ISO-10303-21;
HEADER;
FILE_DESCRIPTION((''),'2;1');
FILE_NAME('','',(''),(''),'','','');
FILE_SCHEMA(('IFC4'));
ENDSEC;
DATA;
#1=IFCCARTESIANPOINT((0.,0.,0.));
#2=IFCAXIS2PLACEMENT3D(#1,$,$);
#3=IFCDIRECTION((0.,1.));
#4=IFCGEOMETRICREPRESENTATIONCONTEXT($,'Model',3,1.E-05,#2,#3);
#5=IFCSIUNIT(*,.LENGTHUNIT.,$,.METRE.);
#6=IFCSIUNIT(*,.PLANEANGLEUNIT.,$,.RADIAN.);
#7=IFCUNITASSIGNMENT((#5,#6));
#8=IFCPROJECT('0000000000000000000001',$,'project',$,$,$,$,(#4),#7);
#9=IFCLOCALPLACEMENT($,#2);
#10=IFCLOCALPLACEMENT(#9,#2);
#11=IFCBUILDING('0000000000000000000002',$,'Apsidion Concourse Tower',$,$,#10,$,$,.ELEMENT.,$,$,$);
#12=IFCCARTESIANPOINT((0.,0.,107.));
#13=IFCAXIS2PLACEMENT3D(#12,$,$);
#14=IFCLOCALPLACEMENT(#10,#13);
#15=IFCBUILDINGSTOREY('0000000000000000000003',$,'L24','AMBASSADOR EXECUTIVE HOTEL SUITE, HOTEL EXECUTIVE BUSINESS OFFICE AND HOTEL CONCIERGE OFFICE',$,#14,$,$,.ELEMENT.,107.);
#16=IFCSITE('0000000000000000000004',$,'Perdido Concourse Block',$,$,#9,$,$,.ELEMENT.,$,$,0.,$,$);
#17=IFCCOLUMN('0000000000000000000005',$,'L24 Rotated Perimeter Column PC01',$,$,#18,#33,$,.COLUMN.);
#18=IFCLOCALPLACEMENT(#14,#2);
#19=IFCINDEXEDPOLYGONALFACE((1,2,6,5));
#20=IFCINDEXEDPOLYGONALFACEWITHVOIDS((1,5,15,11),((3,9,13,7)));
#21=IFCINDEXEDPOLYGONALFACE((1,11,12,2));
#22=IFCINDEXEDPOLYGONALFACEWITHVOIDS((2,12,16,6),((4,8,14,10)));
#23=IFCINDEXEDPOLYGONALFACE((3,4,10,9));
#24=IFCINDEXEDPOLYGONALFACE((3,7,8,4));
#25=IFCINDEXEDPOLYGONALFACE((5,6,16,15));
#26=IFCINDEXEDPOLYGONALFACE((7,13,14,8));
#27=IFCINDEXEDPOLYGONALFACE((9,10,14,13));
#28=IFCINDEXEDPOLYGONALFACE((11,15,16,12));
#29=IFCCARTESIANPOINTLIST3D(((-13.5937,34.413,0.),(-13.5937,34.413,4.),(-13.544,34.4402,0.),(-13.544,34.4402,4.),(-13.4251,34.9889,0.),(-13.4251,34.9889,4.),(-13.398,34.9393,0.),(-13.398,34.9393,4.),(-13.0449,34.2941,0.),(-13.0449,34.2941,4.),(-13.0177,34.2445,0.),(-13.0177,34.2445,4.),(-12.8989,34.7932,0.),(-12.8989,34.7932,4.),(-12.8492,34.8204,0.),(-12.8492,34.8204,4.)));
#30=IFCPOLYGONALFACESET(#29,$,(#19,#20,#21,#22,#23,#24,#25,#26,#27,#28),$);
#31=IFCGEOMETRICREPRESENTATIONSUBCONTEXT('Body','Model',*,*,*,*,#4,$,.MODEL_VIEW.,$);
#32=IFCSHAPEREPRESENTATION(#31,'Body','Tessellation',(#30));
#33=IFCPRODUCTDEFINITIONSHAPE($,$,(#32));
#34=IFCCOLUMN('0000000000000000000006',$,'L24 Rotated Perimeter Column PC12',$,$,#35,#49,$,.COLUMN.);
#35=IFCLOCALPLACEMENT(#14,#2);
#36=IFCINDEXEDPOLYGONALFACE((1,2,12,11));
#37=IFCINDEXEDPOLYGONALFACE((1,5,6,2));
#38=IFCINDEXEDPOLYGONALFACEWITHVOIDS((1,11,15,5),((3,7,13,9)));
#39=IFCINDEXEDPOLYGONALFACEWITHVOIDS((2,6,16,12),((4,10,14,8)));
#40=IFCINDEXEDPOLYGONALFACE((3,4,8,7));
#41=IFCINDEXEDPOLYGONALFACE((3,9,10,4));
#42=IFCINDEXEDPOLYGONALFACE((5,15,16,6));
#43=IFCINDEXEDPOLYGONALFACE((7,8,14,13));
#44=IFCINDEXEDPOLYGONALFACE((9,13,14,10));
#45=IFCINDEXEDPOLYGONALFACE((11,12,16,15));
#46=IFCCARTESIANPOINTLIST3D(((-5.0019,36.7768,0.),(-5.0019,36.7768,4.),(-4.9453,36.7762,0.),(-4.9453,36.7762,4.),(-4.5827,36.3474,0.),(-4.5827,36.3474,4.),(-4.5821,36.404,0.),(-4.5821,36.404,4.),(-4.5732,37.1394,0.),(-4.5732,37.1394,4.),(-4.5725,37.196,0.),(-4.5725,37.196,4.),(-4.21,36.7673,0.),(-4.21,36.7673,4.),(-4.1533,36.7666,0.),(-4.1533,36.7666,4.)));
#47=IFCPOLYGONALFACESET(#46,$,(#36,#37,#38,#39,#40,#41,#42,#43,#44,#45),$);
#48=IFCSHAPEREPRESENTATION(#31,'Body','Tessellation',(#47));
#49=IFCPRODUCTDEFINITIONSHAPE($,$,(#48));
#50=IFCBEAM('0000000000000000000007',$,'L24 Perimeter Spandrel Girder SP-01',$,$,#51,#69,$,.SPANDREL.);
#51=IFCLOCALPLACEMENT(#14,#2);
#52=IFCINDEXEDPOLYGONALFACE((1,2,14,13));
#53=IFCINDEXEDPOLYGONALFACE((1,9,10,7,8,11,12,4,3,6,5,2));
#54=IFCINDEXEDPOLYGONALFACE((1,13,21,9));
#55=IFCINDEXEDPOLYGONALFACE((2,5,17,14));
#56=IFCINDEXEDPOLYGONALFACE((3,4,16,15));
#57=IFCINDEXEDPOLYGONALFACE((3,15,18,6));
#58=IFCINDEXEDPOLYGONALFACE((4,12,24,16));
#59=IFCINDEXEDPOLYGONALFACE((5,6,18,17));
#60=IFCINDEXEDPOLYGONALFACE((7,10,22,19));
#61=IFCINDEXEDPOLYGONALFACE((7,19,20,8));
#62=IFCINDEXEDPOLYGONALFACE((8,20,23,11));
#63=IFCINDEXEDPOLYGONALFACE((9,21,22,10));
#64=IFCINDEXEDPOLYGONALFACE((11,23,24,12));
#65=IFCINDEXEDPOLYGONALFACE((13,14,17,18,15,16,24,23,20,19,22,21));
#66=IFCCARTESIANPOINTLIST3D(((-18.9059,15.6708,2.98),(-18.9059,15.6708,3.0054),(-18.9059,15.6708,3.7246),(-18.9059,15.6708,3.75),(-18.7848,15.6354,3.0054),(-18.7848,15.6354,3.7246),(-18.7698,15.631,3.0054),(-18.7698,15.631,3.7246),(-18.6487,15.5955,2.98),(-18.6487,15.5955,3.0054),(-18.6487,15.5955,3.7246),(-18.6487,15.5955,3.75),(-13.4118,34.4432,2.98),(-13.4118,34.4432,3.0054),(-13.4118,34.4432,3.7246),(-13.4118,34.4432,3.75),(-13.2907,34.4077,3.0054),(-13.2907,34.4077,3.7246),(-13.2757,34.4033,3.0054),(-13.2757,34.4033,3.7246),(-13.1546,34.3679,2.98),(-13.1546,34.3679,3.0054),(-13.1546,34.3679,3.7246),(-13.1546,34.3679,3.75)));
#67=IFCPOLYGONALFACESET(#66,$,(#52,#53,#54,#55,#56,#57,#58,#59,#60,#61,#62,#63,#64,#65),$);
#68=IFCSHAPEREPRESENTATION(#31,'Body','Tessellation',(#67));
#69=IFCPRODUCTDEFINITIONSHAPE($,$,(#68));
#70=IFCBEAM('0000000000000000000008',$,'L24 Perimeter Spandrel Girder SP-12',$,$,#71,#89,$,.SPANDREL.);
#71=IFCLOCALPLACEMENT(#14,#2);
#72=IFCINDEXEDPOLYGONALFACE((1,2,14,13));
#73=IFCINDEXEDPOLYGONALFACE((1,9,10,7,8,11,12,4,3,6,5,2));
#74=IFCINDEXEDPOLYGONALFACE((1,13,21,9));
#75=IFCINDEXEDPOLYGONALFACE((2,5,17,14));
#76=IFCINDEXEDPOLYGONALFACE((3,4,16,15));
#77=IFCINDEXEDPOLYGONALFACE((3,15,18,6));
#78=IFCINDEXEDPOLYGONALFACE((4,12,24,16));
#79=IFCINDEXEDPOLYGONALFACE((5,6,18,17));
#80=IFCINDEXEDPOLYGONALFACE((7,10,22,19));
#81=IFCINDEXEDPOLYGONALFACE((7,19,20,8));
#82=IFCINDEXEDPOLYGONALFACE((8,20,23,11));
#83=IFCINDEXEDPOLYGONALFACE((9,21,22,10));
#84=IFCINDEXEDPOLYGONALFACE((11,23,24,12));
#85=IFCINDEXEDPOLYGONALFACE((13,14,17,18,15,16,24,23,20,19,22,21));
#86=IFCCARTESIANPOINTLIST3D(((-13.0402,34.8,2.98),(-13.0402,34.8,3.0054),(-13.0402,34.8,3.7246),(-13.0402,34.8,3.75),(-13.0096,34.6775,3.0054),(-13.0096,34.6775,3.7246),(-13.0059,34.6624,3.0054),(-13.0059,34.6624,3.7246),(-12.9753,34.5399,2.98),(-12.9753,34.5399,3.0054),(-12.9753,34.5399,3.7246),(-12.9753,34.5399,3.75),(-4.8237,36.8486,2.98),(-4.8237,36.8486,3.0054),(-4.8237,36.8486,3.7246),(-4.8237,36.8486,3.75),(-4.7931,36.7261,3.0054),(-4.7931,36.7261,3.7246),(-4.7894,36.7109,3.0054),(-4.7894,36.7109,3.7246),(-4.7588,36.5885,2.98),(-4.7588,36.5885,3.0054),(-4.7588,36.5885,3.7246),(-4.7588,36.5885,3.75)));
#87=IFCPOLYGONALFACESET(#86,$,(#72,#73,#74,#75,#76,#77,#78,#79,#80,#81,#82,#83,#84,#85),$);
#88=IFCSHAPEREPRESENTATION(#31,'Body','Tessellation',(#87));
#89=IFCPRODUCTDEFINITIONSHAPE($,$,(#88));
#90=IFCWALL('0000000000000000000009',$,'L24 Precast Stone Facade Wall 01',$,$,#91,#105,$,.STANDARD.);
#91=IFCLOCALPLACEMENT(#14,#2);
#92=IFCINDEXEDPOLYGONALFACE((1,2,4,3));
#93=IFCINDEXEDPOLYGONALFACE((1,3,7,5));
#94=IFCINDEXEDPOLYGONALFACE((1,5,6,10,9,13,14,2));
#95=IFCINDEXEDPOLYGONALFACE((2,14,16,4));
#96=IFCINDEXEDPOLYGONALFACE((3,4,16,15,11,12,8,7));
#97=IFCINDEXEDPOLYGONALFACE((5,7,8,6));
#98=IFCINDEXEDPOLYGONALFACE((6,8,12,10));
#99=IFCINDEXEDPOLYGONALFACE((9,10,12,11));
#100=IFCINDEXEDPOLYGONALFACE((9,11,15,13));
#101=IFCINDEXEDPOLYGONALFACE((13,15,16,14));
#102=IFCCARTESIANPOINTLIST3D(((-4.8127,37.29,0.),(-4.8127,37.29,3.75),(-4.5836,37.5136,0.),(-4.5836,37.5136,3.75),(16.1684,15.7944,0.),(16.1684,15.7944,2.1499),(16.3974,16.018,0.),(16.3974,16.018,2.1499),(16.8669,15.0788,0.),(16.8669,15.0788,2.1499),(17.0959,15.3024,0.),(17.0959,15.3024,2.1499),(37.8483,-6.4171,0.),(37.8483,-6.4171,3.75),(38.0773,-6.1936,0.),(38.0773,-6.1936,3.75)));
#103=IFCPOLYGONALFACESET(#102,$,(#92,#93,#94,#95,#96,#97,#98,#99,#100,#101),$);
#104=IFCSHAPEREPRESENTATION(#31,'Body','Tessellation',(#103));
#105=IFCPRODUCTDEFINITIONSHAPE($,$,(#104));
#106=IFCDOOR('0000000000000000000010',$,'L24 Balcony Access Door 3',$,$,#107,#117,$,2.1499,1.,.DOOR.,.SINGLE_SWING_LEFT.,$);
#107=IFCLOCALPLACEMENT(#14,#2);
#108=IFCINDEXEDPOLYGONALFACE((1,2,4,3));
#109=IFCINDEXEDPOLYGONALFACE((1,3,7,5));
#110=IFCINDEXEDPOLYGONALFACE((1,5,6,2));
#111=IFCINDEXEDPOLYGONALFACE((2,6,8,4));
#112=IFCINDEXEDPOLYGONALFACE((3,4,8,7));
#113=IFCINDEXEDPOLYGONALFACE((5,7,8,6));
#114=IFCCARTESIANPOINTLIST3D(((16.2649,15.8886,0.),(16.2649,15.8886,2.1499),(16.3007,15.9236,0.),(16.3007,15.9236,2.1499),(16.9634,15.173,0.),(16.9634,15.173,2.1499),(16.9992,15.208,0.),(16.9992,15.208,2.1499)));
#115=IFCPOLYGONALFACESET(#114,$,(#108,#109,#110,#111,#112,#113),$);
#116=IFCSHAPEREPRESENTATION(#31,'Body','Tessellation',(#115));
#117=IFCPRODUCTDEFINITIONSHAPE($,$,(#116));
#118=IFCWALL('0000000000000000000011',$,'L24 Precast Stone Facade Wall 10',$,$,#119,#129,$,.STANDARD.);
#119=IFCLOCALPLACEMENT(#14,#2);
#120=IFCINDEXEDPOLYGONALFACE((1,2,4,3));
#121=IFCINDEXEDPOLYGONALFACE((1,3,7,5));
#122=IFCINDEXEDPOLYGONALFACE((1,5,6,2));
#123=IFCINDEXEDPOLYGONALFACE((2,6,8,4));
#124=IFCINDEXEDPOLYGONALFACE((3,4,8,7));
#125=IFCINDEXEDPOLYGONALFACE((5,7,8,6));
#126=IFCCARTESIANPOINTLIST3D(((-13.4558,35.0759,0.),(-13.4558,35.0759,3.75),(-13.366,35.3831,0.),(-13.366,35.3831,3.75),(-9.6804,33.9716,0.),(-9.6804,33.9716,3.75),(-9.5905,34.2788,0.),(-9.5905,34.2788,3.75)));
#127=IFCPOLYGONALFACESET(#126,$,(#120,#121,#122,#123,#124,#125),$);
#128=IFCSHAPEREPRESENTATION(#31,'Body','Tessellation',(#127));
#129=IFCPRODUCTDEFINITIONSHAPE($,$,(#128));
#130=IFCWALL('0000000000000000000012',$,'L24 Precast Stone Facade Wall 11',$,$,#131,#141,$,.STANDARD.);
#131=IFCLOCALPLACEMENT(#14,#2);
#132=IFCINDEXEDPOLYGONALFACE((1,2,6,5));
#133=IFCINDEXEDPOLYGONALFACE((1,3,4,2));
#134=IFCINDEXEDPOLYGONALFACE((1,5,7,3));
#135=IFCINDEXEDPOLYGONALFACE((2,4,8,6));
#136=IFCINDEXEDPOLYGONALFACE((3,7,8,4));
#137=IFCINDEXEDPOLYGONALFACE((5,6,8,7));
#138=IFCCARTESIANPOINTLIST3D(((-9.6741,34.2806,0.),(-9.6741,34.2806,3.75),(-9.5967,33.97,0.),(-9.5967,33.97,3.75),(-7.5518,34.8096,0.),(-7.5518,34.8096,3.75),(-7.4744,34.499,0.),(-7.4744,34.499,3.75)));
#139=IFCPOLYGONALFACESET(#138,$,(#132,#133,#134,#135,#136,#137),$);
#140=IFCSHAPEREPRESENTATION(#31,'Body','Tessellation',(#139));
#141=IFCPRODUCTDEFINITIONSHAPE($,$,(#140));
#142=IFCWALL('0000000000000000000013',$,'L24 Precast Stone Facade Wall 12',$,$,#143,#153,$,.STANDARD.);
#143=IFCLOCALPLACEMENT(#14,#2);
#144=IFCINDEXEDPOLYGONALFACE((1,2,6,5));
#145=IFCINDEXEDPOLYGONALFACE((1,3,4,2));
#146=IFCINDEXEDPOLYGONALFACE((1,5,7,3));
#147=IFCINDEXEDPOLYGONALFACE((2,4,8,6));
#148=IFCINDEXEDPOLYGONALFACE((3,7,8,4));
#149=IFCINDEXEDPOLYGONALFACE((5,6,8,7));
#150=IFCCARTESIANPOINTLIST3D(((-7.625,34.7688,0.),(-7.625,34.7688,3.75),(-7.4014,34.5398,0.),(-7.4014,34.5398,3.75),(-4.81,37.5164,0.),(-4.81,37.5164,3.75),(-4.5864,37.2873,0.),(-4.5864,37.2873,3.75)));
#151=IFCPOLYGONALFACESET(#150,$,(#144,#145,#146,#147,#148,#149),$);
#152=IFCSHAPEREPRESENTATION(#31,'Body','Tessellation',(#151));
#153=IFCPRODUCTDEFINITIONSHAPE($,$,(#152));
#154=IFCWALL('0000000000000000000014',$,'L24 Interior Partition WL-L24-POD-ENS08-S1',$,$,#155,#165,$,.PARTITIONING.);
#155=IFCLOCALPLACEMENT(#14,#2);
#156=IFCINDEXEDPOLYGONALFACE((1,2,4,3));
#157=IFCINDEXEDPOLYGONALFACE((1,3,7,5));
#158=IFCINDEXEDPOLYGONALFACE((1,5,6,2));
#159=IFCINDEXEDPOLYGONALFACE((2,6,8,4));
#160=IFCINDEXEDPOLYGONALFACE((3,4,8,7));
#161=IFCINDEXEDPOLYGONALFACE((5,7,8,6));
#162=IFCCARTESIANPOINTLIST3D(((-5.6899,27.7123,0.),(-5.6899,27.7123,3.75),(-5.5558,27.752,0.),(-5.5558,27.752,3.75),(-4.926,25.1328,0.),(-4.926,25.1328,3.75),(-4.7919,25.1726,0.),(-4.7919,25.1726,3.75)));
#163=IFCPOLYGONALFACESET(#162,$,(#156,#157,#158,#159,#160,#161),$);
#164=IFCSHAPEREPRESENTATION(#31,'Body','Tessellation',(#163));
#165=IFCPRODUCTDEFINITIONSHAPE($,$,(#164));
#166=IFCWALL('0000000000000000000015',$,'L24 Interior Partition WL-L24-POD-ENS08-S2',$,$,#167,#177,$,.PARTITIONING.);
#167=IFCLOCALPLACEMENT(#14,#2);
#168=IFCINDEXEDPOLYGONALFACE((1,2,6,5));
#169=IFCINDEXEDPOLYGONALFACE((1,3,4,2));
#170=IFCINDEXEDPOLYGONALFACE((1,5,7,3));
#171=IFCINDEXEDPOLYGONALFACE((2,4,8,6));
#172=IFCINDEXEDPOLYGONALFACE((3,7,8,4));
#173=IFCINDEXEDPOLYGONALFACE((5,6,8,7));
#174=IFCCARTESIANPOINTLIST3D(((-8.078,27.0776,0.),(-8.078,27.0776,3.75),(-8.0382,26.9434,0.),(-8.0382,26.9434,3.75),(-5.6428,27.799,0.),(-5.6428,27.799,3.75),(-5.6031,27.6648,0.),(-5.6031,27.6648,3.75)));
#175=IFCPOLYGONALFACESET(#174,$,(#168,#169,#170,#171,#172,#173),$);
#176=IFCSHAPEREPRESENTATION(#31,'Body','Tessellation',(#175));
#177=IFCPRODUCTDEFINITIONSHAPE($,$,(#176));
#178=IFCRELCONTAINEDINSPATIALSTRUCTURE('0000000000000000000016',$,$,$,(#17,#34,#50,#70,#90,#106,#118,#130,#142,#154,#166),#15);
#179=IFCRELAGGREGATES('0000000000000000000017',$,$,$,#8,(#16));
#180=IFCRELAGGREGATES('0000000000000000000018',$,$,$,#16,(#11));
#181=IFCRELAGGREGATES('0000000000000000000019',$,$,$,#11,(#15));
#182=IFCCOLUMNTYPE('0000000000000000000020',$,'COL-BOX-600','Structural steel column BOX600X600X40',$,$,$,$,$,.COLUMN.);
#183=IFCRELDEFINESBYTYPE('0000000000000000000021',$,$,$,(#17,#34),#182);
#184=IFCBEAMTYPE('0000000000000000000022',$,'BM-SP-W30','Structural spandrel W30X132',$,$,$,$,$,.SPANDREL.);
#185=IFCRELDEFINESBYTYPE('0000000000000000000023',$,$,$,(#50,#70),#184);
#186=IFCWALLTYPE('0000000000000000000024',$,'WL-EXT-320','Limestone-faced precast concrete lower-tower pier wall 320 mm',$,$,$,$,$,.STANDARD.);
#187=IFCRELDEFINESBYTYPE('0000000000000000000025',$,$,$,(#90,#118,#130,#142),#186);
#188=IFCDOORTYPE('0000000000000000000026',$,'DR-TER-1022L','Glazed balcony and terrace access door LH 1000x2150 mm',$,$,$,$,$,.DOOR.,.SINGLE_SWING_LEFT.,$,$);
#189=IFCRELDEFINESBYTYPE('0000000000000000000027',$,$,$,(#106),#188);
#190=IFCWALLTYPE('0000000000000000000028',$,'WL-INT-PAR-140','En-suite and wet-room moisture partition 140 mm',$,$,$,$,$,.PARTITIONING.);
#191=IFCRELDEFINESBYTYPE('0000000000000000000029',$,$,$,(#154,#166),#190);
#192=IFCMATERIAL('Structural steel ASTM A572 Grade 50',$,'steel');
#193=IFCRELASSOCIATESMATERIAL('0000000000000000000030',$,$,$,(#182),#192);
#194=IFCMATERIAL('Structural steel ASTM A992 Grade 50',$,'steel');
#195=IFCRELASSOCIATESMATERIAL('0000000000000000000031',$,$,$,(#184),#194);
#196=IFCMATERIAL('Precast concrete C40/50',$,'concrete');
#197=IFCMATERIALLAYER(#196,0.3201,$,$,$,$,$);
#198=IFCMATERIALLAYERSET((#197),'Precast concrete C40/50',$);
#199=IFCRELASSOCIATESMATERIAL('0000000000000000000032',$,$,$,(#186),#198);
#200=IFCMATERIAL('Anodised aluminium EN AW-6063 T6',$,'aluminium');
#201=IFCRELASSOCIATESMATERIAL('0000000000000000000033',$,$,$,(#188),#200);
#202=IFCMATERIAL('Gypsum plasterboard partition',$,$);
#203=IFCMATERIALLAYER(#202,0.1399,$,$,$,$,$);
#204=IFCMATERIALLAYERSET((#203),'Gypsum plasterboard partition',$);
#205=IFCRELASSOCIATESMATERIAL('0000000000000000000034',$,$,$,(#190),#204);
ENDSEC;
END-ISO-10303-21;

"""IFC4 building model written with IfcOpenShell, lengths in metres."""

from ifc_helpers import new_model, si_unit, direction, frame, frame_2d, origin, origin_2d, place, context, subcontext, project, spatial, rectangle, hollow_rectangle, i_section, extrude, material, layer, layer_set, material_profile, profile_set, type_object, element, fill, save


model = new_model("IFC4")

# Units and contexts
model_context = context("Model", 3, precision=1e-05, world=origin(), true_north=direction((0.0, 1.0)))
body_context = subcontext(model_context, "Body", "Model", "MODEL_VIEW")
ifc_project = project(units=[si_unit("LENGTHUNIT", "METRE"), si_unit("PLANEANGLEUNIT", "RADIAN")], contexts=[model_context])

# Site, building, storey
site_placement = place(None, origin())
site = spatial("IfcSite", under=ifc_project, at=site_placement, Name="Perdido Concourse Block", CompositionType="ELEMENT", RefElevation=0.0)
building_placement = place(site_placement, origin())
building = spatial("IfcBuilding", under=site, at=building_placement, Name="Apsidion Concourse Tower", CompositionType="ELEMENT")
storey_placement = place(building_placement, frame((0.0, 0.0, 107.0)))
storey = spatial("IfcBuildingStorey", under=building, at=storey_placement, Name="L24", Description="AMBASSADOR EXECUTIVE HOTEL SUITE, HOTEL EXECUTIVE BUSINESS OFFICE AND HOTEL CONCIERGE OFFICE", CompositionType="ELEMENT", Elevation=107.0)

# Columns
ifc_material_1 = material(Name="Structural steel ASTM A572 Grade 50", Category="steel")
ifc_material_profile_1 = material_profile(ifc_material_1, hollow_rectangle(XDim=0.6001, YDim=0.6001, WallThickness=0.04, at=origin_2d()), Name="BOX600X600X40")
ifc_profile_set_1 = profile_set([ifc_material_profile_1], Name="Structural steel ASTM A572 Grade 50")
column_type = type_object("IfcColumnType", Name="COL-BOX-600", Description="Structural steel column BOX600X600X40", PredefinedType="COLUMN", material=ifc_profile_set_1)
for number, where, z_axis, x_axis, name in (
    (1, (-13.2214, 34.6167, 0.0), (0.0, 0.0, 1.0), (0.280834, 0.959756, 0.0), "L24 Rotated Perimeter Column PC01"),
    (2, (-4.5776, 36.7717, 0.0), (0.0, 0.0, 1.0), (-0.69854, 0.715571, 0.0), "L24 Rotated Perimeter Column PC12"),
):
    element("IfcColumn", number, at=place(storey_placement, frame(where, z_axis=z_axis, x_axis=x_axis)), inside=storey, type_object=column_type, Name=name, PredefinedType="COLUMN", context=body_context, shape_type="SweptSolid", body=[
        extrude(hollow_rectangle(XDim=0.6001, YDim=0.6001, WallThickness=0.04, at=origin_2d()), origin(), (0.0, 0.0, 1.0), 4.0),
    ])

# Beams
ifc_material_2 = material(Name="Structural steel ASTM A992 Grade 50", Category="steel")
ifc_material_profile_2 = material_profile(ifc_material_2, i_section(OverallWidth=0.2681, OverallDepth=0.77, WebThickness=0.0156, FlangeThickness=0.0254, at=origin_2d()), Name="W30X132")
ifc_profile_set_2 = profile_set([ifc_material_profile_2], Name="Structural steel ASTM A992 Grade 50")
beam_type = type_object("IfcBeamType", Name="BM-SP-W30", Description="Structural spandrel W30X132", PredefinedType="SPANDREL", material=ifc_profile_set_2)
beam_1_placement = place(storey_placement, frame((-13.2832, 34.4055, 3.365), z_axis=(-0.280888, -0.959741, 0.0), x_axis=(0.959741, -0.280888, 0.0)))
element("IfcBeam", 3, at=beam_1_placement, inside=storey, type_object=beam_type, Name="L24 Perimeter Spandrel Girder SP-01", PredefinedType="SPANDREL", context=body_context, shape_type="SweptSolid", body=[
    extrude(i_section(OverallWidth=0.2681, OverallDepth=0.77, WebThickness=0.0156, FlangeThickness=0.0254, at=origin_2d()), origin(), (0.0, 0.0, 1.0), 19.5598),
])
beam_2_placement = place(storey_placement, frame((-4.7913, 36.7185, 3.365), z_axis=(-0.970297, -0.241918, 0.0), x_axis=(0.241918, -0.970297, 0.0)))
element("IfcBeam", 4, at=beam_2_placement, inside=storey, type_object=beam_type, Name="L24 Perimeter Spandrel Girder SP-12", PredefinedType="SPANDREL", context=body_context, shape_type="SweptSolid", body=[
    extrude(i_section(OverallWidth=0.2681, OverallDepth=0.77, WebThickness=0.0156, FlangeThickness=0.0254, at=origin_2d()), origin(), (0.0, 0.0, 1.0), 8.468),
])

# Wall, opening, door
ifc_material_3 = material(Name="Precast concrete C40/50", Category="concrete")
ifc_layer_1 = layer(ifc_material_3, 0.3201)
ifc_layer_set_1 = layer_set([ifc_layer_1], Name="Precast concrete C40/50")
wall_type_1 = type_object("IfcWallType", Name="WL-EXT-320", Description="Limestone-faced precast concrete lower-tower pier wall 320 mm", PredefinedType="STANDARD", material=ifc_layer_set_1)
wall_1_placement = place(storey_placement, frame((-4.6982, 37.4019, 0.0), z_axis=(0.0, 0.0, 1.0), x_axis=(0.698491, -0.715619, 0.0)))
wall_1 = element("IfcWall", 5, at=wall_1_placement, inside=storey, type_object=wall_type_1, Name="L24 Precast Stone Facade Wall 01", PredefinedType="STANDARD", context=body_context, shape_type="SweptSolid", body=[
    extrude(rectangle(XDim=61.0759, YDim=0.3201, at=frame_2d((30.5381, 0.0))), origin(), (0.0, 0.0, 1.0), 3.75),
])
opening_1_placement = place(wall_1_placement, frame((30.0378, 0.0, 0.0)))
opening_1 = element("IfcOpeningElement", 6, at=opening_1_placement, cuts=wall_1, PredefinedType="OPENING", context=body_context, shape_type="SweptSolid", body=[
    extrude(rectangle(XDim=1.0, YDim=2.1499, at=frame_2d((0.5, 1.075))), frame((0.0, 0.1699, 0.0), z_axis=(0.0, -1.0, 0.0), x_axis=(1.0, 0.0, 0.0)), (0.0, 0.0, 1.0), 0.3401),
])
ifc_material_4 = material(Name="Anodised aluminium EN AW-6063 T6", Category="aluminium")
door_type_1 = type_object("IfcDoorType", Name="DR-TER-1022L", Description="Glazed balcony and terrace access door LH 1000x2150 mm", OperationType="SINGLE_SWING_LEFT", PredefinedType="DOOR", material=ifc_material_4)
door_1_placement = place(opening_1_placement, origin())
door_1 = element("IfcDoor", 7, at=door_1_placement, inside=storey, type_object=door_type_1, Name="L24 Balcony Access Door 3", OperationType="SINGLE_SWING_LEFT", OverallHeight=2.1499, OverallWidth=1.0, PredefinedType="DOOR", context=body_context, shape_type="SweptSolid", body=[
    extrude(rectangle(XDim=1.0, YDim=2.1499, at=frame_2d((0.5, 1.075))), frame((0.0, 0.0249, 0.0), z_axis=(0.0, -1.0, 0.0), x_axis=(1.0, 0.0, 0.0)), (0.0, 0.0, 1.0), 0.05),
])
fill(opening_1, door_1)

# Walls
wall_2_placement = place(storey_placement, frame((-13.4109, 35.2295, 0.0), z_axis=(0.0, 0.0, 1.0), x_axis=(0.959788, -0.280724, 0.0)))
element("IfcWall", 8, at=wall_2_placement, inside=storey, type_object=wall_type_1, Name="L24 Precast Stone Facade Wall 10", PredefinedType="STANDARD", context=body_context, shape_type="SweptSolid", body=[
    extrude(rectangle(XDim=3.9336, YDim=0.3201, at=frame_2d((1.9668, 0.0))), origin(), (0.0, 0.0, 1.0), 3.75),
])
wall_3_placement = place(storey_placement, frame((-9.6355, 34.1252, 0.0), z_axis=(0.0, 0.0, 1.0), x_axis=(0.970306, 0.241879, 0.0)))
element("IfcWall", 9, at=wall_3_placement, inside=storey, type_object=wall_type_1, Name="L24 Precast Stone Facade Wall 11", PredefinedType="STANDARD", context=body_context, shape_type="SweptSolid", body=[
    extrude(rectangle(XDim=2.1873, YDim=0.3201, at=frame_2d((1.0938, 0.0))), origin(), (0.0, 0.0, 1.0), 3.75),
])
wall_4_placement = place(storey_placement, frame((-7.5132, 34.6543, 0.0), z_axis=(0.0, 0.0, 1.0), x_axis=(0.71562, 0.69849, 0.0)))
element("IfcWall", 10, at=wall_4_placement, inside=storey, type_object=wall_type_1, Name="L24 Precast Stone Facade Wall 12", PredefinedType="STANDARD", context=body_context, shape_type="SweptSolid", body=[
    extrude(rectangle(XDim=3.9336, YDim=0.3201, at=frame_2d((1.9668, 0.0))), origin(), (0.0, 0.0, 1.0), 3.75),
])
ifc_material_5 = material(Name="Gypsum plasterboard partition")
ifc_layer_2 = layer(ifc_material_5, 0.1399)
ifc_layer_set_2 = layer_set([ifc_layer_2], Name="Gypsum plasterboard partition")
wall_type_2 = type_object("IfcWallType", Name="WL-INT-PAR-140", Description="En-suite and wet-room moisture partition 140 mm", PredefinedType="PARTITIONING", material=ifc_layer_set_2)
wall_5_placement = place(storey_placement, frame((-4.8589, 25.1526, 0.0), z_axis=(0.0, 0.0, 1.0), x_axis=(-0.283974, 0.958832, 0.0)))
element("IfcWall", 11, at=wall_5_placement, inside=storey, type_object=wall_type_2, Name="L24 Interior Partition WL-L24-POD-ENS08-S1", PredefinedType="PARTITIONING", context=body_context, shape_type="SweptSolid", body=[
    extrude(rectangle(XDim=2.6902, YDim=0.1399, at=frame_2d((1.3452, 0.0))), origin(), (0.0, 0.0, 1.0), 3.75),
])
wall_6_placement = place(storey_placement, frame((-5.6228, 27.7319, 0.0), z_axis=(0.0, 0.0, 1.0), x_axis=(-0.958813, -0.284039, 0.0)))
element("IfcWall", 12, at=wall_6_placement, inside=storey, type_object=wall_type_2, Name="L24 Interior Partition WL-L24-POD-ENS08-S2", PredefinedType="PARTITIONING", context=body_context, shape_type="SweptSolid", body=[
    extrude(rectangle(XDim=2.5398, YDim=0.1399, at=frame_2d((1.27, 0.0))), origin(), (0.0, 0.0, 1.0), 3.75),
])

save(model, "model.ifc")
